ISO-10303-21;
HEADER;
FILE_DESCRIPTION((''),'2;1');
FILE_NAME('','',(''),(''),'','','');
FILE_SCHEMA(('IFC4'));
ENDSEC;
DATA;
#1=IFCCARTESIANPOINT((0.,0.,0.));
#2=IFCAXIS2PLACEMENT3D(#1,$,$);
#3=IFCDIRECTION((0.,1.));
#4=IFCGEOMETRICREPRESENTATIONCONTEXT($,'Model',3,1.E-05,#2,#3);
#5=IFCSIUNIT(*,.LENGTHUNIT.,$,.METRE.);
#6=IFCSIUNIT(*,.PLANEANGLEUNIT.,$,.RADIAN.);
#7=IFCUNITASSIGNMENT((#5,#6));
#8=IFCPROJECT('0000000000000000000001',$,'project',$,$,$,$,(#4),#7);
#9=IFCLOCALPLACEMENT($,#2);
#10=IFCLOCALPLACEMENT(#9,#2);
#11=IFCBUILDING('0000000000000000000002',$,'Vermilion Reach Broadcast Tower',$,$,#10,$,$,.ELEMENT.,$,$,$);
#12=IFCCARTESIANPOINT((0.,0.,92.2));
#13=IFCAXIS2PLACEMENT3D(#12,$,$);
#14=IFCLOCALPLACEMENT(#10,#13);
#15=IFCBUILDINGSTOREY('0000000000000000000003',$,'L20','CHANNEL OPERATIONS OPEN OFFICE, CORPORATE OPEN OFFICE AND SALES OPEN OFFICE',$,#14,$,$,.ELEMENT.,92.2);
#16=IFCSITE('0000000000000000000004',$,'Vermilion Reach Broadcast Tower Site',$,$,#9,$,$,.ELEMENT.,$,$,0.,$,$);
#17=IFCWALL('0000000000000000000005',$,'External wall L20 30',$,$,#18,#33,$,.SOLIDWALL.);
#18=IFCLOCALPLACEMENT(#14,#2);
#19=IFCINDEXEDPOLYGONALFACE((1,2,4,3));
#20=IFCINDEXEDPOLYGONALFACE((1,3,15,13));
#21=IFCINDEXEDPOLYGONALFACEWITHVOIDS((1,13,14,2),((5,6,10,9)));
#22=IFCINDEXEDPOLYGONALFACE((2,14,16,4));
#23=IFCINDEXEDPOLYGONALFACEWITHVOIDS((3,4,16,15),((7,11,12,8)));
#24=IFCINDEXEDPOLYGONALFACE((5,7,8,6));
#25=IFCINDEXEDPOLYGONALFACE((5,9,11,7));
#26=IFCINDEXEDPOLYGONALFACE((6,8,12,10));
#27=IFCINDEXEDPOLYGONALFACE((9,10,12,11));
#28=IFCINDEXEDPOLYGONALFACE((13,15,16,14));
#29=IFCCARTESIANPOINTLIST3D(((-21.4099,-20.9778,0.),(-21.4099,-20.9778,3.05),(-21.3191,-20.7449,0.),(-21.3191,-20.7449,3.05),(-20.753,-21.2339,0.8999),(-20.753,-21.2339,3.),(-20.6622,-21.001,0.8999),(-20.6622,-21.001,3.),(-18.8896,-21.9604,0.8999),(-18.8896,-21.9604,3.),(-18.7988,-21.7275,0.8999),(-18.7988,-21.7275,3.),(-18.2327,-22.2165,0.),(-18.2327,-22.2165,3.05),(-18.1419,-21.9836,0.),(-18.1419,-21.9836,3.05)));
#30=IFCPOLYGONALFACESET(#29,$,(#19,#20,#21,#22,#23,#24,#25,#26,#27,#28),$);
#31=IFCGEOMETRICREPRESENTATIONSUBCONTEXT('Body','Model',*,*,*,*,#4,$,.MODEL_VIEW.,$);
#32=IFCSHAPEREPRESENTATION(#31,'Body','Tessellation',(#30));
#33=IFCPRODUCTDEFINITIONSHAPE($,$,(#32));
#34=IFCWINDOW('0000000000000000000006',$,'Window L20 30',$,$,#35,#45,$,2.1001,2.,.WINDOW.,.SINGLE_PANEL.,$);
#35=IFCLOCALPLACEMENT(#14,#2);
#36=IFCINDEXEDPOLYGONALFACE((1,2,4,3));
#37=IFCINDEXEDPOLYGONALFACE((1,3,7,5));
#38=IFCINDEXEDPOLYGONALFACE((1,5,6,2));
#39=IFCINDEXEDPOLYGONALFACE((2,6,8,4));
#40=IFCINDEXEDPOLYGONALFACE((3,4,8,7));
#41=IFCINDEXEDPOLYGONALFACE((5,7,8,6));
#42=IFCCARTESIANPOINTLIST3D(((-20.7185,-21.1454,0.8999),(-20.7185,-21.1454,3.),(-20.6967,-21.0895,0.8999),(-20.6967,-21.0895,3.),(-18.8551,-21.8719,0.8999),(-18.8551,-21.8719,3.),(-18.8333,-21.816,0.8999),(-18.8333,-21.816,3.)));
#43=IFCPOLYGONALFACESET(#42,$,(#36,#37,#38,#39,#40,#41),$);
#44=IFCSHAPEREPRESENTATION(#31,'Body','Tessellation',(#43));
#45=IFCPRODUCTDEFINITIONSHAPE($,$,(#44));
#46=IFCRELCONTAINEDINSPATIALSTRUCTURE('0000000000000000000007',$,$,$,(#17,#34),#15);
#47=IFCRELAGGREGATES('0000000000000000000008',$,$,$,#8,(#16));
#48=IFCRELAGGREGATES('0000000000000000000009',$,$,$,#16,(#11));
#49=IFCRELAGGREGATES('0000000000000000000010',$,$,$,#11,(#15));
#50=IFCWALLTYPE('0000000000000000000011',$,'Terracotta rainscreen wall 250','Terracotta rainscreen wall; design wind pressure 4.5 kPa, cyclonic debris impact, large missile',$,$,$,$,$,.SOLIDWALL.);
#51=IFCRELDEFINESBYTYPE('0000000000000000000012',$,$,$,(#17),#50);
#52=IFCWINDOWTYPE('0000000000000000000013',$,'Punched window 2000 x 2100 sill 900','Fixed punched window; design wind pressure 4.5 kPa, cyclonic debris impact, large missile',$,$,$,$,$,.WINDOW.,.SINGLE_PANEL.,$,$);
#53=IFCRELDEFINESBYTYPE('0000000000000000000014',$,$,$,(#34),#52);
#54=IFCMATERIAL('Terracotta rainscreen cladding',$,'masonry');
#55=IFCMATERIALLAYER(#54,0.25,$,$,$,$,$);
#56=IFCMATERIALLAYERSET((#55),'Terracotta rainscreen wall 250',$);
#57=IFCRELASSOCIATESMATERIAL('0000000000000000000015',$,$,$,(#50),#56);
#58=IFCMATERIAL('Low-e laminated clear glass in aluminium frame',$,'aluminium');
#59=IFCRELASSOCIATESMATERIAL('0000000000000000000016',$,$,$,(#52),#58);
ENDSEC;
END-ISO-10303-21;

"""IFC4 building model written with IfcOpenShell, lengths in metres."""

from ifc_helpers import new_model, si_unit, direction, frame, frame_2d, origin, place, context, subcontext, project, spatial, rectangle, extrude, material, layer, layer_set, type_object, element, fill, save


model = new_model("IFC4")

# Units and contexts
model_context = context("Model", 3, precision=1e-05, world=origin(), true_north=direction((0.0, 1.0)))
body_context = subcontext(model_context, "Body", "Model", "MODEL_VIEW")
ifc_project = project(units=[si_unit("LENGTHUNIT", "METRE"), si_unit("PLANEANGLEUNIT", "RADIAN")], contexts=[model_context])

# Site, building, storey
site_placement = place(None, origin())
site = spatial("IfcSite", under=ifc_project, at=site_placement, Name="Vermilion Reach Broadcast Tower Site", CompositionType="ELEMENT", RefElevation=0.0)
building_placement = place(site_placement, origin())
building = spatial("IfcBuilding", under=site, at=building_placement, Name="Vermilion Reach Broadcast Tower", CompositionType="ELEMENT")
storey_placement = place(building_placement, frame((0.0, 0.0, 92.2)))
storey = spatial("IfcBuildingStorey", under=building, at=storey_placement, Name="L20", Description="CHANNEL OPERATIONS OPEN OFFICE, CORPORATE OPEN OFFICE AND SALES OPEN OFFICE", CompositionType="ELEMENT", Elevation=92.2)

# Shared definitions
ifc_material_1 = material(Name="Terracotta rainscreen cladding", Category="masonry")
ifc_layer_1 = layer(ifc_material_1, 0.25)
ifc_layer_set_1 = layer_set([ifc_layer_1], Name="Terracotta rainscreen wall 250")
wall_type = type_object("IfcWallType", Name="Terracotta rainscreen wall 250", Description="Terracotta rainscreen wall; design wind pressure 4.5 kPa, cyclonic debris impact, large missile", PredefinedType="SOLIDWALL", material=ifc_layer_set_1)

# Shared definitions
ifc_material_2 = material(Name="Low-e laminated clear glass in aluminium frame", Category="aluminium")
window_type = type_object("IfcWindowType", Name="Punched window 2000 x 2100 sill 900", Description="Fixed punched window; design wind pressure 4.5 kPa, cyclonic debris impact, large missile", PartitioningType="SINGLE_PANEL", PredefinedType="WINDOW", material=ifc_material_2)

# Wall, opening, window
wall_1_placement = place(storey_placement, frame((-21.3645, -20.8613, 0.0), z_axis=(0.0, 0.0, 1.0), x_axis=(0.93169, -0.363255, 0.0)))
wall_1 = element("IfcWall", 1, at=wall_1_placement, inside=storey, type_object=wall_type, Name="External wall L20 30", PredefinedType="SOLIDWALL", context=body_context, shape_type="SweptSolid", body=[
    extrude(rectangle(XDim=3.4102, YDim=0.25, at=frame_2d((1.7051, 0.0))), origin(), (0.0, 0.0, 1.0), 3.05),
])
opening_1_placement = place(wall_1_placement, frame((0.7051, 0.0, 0.8999)))
opening_1 = element("IfcOpeningElement", 2, at=opening_1_placement, cuts=wall_1, PredefinedType="OPENING", context=body_context, shape_type="SweptSolid", body=[
    extrude(rectangle(XDim=2.0, YDim=2.1001, at=frame_2d((1.0, 1.05))), frame((0.0, 0.135, 0.0), z_axis=(0.0, -1.0, 0.0), x_axis=(1.0, 0.0, 0.0)), (0.0, 0.0, 1.0), 0.27),
])
window_1_placement = place(opening_1_placement, origin())
window_1 = element("IfcWindow", 3, at=window_1_placement, inside=storey, type_object=window_type, Name="Window L20 30", OverallHeight=2.1001, OverallWidth=2.0, PartitioningType="SINGLE_PANEL", PredefinedType="WINDOW", context=body_context, shape_type="SweptSolid", body=[
    extrude(rectangle(XDim=2.0, YDim=2.1001, at=frame_2d((1.0, 1.05))), frame((0.0, 0.03, 0.0), z_axis=(0.0, -1.0, 0.0), x_axis=(1.0, 0.0, 0.0)), (0.0, 0.0, 1.0), 0.0601),
])
fill(opening_1, window_1)

save(model, "model.ifc")
